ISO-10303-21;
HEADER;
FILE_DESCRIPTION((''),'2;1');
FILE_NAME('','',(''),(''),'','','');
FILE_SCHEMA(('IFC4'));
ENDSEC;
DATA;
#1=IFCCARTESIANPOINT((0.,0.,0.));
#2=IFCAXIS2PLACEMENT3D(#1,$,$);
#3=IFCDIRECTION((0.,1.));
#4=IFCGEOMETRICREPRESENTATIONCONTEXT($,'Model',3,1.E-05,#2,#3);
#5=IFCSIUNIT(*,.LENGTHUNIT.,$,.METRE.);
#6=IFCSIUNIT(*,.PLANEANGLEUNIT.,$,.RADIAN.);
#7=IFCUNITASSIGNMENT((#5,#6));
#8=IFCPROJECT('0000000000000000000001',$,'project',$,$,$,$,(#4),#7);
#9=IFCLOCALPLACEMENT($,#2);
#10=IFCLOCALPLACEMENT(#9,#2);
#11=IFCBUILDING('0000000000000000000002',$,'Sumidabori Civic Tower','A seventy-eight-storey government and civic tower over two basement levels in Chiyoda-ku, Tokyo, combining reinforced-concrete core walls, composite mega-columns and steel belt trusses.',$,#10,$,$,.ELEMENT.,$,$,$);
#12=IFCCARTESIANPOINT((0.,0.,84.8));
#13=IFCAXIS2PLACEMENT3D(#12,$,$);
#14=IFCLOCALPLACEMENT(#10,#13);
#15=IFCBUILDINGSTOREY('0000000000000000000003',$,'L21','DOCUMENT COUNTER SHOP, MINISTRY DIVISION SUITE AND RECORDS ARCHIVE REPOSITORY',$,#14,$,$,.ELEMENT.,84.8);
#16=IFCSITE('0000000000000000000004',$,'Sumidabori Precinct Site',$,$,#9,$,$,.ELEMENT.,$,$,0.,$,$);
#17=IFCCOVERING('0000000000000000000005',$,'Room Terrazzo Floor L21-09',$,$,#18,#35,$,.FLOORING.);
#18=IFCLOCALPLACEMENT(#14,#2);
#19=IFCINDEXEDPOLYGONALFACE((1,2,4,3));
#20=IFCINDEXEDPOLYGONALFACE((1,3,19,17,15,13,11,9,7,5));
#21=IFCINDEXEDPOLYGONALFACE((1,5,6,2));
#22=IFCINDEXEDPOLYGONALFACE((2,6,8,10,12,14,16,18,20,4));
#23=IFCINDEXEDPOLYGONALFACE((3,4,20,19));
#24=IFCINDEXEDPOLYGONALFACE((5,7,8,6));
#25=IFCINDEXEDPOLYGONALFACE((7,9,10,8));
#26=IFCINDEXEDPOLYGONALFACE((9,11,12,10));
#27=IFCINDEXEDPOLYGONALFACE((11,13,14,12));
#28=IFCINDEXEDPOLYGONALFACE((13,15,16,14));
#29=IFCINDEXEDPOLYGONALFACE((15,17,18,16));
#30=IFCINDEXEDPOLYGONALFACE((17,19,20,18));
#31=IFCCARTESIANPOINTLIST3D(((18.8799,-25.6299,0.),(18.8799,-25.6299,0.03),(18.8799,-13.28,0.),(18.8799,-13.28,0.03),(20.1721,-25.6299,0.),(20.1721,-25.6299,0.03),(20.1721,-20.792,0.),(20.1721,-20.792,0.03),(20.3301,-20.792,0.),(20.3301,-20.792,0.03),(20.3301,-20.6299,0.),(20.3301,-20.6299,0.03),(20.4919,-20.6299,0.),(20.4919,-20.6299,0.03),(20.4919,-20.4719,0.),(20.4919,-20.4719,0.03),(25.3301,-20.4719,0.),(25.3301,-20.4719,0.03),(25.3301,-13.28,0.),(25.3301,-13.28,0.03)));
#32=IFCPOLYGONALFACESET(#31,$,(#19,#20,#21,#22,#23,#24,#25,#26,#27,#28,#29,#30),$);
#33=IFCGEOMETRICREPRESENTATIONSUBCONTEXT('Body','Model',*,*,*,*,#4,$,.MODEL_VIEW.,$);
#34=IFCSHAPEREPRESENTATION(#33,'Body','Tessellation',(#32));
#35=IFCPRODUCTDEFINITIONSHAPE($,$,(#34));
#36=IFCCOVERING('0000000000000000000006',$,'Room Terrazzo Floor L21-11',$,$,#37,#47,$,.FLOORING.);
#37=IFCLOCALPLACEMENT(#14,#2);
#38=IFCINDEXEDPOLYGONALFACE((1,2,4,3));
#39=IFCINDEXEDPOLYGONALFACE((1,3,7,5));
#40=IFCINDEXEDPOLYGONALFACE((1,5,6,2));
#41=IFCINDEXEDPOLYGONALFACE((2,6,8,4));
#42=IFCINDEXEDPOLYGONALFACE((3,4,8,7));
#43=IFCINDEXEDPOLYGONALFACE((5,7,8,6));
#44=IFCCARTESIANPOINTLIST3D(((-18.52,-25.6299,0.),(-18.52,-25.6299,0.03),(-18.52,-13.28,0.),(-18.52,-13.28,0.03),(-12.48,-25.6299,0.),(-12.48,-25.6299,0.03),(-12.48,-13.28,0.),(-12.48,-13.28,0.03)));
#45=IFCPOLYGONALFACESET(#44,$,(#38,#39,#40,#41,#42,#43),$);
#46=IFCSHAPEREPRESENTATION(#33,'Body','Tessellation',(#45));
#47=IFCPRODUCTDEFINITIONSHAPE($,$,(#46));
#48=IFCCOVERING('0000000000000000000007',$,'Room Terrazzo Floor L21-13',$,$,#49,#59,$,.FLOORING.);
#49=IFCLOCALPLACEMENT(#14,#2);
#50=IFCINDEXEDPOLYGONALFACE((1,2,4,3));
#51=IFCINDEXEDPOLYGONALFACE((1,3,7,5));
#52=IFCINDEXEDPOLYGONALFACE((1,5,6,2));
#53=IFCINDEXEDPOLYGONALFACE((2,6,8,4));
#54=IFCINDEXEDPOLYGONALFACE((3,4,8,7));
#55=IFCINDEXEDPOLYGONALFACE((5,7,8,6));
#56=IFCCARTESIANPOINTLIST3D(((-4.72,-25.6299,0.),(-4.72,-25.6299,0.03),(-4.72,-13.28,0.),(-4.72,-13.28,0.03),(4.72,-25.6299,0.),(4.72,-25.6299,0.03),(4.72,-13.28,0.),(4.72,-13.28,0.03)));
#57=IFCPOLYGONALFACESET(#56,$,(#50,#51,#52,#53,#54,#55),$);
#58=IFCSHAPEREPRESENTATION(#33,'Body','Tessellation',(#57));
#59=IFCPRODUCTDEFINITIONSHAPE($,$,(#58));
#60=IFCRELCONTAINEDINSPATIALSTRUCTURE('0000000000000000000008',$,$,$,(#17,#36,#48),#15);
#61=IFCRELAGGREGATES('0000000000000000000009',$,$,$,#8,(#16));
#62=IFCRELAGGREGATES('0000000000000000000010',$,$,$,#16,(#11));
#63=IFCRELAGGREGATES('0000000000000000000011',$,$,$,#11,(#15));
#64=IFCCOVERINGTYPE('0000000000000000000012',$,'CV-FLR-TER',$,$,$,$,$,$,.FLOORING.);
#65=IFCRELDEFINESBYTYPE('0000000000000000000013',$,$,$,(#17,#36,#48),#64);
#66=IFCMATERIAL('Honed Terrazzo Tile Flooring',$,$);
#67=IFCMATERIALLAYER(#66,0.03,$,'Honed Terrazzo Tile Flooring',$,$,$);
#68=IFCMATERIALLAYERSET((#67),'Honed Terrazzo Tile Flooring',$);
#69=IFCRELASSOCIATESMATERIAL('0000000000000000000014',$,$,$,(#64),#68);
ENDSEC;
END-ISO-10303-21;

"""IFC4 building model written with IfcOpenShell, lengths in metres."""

from ifc_helpers import new_model, si_unit, direction, frame, origin, place, context, subcontext, project, spatial, polyline, outline, extrude, material, layer, layer_set, type_object, element, save


model = new_model("IFC4")

# Units and contexts
model_context = context("Model", 3, precision=1e-05, world=origin(), true_north=direction((0.0, 1.0)))
body_context = subcontext(model_context, "Body", "Model", "MODEL_VIEW")
ifc_project = project(units=[si_unit("LENGTHUNIT", "METRE"), si_unit("PLANEANGLEUNIT", "RADIAN")], contexts=[model_context])

# Site, building, storey
site_placement = place(None, origin())
site = spatial("IfcSite", under=ifc_project, at=site_placement, Name="Sumidabori Precinct Site", CompositionType="ELEMENT", RefElevation=0.0)
building_placement = place(site_placement, origin())
building = spatial("IfcBuilding", under=site, at=building_placement, Name="Sumidabori Civic Tower", Description="A seventy-eight-storey government and civic tower over two basement levels in Chiyoda-ku, Tokyo, combining reinforced-concrete core walls, composite mega-columns and steel belt trusses.", CompositionType="ELEMENT")
storey_placement = place(building_placement, frame((0.0, 0.0, 84.8)))
storey = spatial("IfcBuildingStorey", under=building, at=storey_placement, Name="L21", Description="DOCUMENT COUNTER SHOP, MINISTRY DIVISION SUITE AND RECORDS ARCHIVE REPOSITORY", CompositionType="ELEMENT", Elevation=84.8)

# Coverings
ifc_material_1 = material(Name="Honed Terrazzo Tile Flooring")
ifc_layer_1 = layer(ifc_material_1, 0.03, Name="Honed Terrazzo Tile Flooring")
ifc_layer_set_1 = layer_set([ifc_layer_1], Name="Honed Terrazzo Tile Flooring")
covering_type_1 = type_object("IfcCoveringType", Name="CV-FLR-TER", PredefinedType="FLOORING", material=ifc_layer_set_1)
covering_1_placement = place(storey_placement, origin())
element("IfcCovering", 1, at=covering_1_placement, inside=storey, type_object=covering_type_1, Name="Room Terrazzo Floor L21-09", PredefinedType="FLOORING", context=body_context, shape_type="SweptSolid", body=[
    extrude(outline(polyline([(18.8799, -13.28), (25.3301, -13.28), (25.3301, -20.4719), (20.4919, -20.4719), (20.4919, -20.6299), (20.3301, -20.6299), (20.3301, -20.792), (20.1721, -20.792), (20.1721, -25.6299), (18.8799, -25.6299), (18.8799, -13.28)])), origin(), (0.0, 0.0, 1.0), 0.03),
])
covering_2_placement = place(storey_placement, origin())
element("IfcCovering", 2, at=covering_2_placement, inside=storey, type_object=covering_type_1, Name="Room Terrazzo Floor L21-11", PredefinedType="FLOORING", context=body_context, shape_type="SweptSolid", body=[
    extrude(outline(polyline([(-18.52, -13.28), (-12.48, -13.28), (-12.48, -25.6299), (-18.52, -25.6299), (-18.52, -13.28)])), origin(), (0.0, 0.0, 1.0), 0.03),
])
covering_3_placement = place(storey_placement, origin())
element("IfcCovering", 3, at=covering_3_placement, inside=storey, type_object=covering_type_1, Name="Room Terrazzo Floor L21-13", PredefinedType="FLOORING", context=body_context, shape_type="SweptSolid", body=[
    extrude(outline(polyline([(-4.72, -13.28), (4.72, -13.28), (4.72, -25.6299), (-4.72, -25.6299), (-4.72, -13.28)])), origin(), (0.0, 0.0, 1.0), 0.03),
])

save(model, "model.ifc")
